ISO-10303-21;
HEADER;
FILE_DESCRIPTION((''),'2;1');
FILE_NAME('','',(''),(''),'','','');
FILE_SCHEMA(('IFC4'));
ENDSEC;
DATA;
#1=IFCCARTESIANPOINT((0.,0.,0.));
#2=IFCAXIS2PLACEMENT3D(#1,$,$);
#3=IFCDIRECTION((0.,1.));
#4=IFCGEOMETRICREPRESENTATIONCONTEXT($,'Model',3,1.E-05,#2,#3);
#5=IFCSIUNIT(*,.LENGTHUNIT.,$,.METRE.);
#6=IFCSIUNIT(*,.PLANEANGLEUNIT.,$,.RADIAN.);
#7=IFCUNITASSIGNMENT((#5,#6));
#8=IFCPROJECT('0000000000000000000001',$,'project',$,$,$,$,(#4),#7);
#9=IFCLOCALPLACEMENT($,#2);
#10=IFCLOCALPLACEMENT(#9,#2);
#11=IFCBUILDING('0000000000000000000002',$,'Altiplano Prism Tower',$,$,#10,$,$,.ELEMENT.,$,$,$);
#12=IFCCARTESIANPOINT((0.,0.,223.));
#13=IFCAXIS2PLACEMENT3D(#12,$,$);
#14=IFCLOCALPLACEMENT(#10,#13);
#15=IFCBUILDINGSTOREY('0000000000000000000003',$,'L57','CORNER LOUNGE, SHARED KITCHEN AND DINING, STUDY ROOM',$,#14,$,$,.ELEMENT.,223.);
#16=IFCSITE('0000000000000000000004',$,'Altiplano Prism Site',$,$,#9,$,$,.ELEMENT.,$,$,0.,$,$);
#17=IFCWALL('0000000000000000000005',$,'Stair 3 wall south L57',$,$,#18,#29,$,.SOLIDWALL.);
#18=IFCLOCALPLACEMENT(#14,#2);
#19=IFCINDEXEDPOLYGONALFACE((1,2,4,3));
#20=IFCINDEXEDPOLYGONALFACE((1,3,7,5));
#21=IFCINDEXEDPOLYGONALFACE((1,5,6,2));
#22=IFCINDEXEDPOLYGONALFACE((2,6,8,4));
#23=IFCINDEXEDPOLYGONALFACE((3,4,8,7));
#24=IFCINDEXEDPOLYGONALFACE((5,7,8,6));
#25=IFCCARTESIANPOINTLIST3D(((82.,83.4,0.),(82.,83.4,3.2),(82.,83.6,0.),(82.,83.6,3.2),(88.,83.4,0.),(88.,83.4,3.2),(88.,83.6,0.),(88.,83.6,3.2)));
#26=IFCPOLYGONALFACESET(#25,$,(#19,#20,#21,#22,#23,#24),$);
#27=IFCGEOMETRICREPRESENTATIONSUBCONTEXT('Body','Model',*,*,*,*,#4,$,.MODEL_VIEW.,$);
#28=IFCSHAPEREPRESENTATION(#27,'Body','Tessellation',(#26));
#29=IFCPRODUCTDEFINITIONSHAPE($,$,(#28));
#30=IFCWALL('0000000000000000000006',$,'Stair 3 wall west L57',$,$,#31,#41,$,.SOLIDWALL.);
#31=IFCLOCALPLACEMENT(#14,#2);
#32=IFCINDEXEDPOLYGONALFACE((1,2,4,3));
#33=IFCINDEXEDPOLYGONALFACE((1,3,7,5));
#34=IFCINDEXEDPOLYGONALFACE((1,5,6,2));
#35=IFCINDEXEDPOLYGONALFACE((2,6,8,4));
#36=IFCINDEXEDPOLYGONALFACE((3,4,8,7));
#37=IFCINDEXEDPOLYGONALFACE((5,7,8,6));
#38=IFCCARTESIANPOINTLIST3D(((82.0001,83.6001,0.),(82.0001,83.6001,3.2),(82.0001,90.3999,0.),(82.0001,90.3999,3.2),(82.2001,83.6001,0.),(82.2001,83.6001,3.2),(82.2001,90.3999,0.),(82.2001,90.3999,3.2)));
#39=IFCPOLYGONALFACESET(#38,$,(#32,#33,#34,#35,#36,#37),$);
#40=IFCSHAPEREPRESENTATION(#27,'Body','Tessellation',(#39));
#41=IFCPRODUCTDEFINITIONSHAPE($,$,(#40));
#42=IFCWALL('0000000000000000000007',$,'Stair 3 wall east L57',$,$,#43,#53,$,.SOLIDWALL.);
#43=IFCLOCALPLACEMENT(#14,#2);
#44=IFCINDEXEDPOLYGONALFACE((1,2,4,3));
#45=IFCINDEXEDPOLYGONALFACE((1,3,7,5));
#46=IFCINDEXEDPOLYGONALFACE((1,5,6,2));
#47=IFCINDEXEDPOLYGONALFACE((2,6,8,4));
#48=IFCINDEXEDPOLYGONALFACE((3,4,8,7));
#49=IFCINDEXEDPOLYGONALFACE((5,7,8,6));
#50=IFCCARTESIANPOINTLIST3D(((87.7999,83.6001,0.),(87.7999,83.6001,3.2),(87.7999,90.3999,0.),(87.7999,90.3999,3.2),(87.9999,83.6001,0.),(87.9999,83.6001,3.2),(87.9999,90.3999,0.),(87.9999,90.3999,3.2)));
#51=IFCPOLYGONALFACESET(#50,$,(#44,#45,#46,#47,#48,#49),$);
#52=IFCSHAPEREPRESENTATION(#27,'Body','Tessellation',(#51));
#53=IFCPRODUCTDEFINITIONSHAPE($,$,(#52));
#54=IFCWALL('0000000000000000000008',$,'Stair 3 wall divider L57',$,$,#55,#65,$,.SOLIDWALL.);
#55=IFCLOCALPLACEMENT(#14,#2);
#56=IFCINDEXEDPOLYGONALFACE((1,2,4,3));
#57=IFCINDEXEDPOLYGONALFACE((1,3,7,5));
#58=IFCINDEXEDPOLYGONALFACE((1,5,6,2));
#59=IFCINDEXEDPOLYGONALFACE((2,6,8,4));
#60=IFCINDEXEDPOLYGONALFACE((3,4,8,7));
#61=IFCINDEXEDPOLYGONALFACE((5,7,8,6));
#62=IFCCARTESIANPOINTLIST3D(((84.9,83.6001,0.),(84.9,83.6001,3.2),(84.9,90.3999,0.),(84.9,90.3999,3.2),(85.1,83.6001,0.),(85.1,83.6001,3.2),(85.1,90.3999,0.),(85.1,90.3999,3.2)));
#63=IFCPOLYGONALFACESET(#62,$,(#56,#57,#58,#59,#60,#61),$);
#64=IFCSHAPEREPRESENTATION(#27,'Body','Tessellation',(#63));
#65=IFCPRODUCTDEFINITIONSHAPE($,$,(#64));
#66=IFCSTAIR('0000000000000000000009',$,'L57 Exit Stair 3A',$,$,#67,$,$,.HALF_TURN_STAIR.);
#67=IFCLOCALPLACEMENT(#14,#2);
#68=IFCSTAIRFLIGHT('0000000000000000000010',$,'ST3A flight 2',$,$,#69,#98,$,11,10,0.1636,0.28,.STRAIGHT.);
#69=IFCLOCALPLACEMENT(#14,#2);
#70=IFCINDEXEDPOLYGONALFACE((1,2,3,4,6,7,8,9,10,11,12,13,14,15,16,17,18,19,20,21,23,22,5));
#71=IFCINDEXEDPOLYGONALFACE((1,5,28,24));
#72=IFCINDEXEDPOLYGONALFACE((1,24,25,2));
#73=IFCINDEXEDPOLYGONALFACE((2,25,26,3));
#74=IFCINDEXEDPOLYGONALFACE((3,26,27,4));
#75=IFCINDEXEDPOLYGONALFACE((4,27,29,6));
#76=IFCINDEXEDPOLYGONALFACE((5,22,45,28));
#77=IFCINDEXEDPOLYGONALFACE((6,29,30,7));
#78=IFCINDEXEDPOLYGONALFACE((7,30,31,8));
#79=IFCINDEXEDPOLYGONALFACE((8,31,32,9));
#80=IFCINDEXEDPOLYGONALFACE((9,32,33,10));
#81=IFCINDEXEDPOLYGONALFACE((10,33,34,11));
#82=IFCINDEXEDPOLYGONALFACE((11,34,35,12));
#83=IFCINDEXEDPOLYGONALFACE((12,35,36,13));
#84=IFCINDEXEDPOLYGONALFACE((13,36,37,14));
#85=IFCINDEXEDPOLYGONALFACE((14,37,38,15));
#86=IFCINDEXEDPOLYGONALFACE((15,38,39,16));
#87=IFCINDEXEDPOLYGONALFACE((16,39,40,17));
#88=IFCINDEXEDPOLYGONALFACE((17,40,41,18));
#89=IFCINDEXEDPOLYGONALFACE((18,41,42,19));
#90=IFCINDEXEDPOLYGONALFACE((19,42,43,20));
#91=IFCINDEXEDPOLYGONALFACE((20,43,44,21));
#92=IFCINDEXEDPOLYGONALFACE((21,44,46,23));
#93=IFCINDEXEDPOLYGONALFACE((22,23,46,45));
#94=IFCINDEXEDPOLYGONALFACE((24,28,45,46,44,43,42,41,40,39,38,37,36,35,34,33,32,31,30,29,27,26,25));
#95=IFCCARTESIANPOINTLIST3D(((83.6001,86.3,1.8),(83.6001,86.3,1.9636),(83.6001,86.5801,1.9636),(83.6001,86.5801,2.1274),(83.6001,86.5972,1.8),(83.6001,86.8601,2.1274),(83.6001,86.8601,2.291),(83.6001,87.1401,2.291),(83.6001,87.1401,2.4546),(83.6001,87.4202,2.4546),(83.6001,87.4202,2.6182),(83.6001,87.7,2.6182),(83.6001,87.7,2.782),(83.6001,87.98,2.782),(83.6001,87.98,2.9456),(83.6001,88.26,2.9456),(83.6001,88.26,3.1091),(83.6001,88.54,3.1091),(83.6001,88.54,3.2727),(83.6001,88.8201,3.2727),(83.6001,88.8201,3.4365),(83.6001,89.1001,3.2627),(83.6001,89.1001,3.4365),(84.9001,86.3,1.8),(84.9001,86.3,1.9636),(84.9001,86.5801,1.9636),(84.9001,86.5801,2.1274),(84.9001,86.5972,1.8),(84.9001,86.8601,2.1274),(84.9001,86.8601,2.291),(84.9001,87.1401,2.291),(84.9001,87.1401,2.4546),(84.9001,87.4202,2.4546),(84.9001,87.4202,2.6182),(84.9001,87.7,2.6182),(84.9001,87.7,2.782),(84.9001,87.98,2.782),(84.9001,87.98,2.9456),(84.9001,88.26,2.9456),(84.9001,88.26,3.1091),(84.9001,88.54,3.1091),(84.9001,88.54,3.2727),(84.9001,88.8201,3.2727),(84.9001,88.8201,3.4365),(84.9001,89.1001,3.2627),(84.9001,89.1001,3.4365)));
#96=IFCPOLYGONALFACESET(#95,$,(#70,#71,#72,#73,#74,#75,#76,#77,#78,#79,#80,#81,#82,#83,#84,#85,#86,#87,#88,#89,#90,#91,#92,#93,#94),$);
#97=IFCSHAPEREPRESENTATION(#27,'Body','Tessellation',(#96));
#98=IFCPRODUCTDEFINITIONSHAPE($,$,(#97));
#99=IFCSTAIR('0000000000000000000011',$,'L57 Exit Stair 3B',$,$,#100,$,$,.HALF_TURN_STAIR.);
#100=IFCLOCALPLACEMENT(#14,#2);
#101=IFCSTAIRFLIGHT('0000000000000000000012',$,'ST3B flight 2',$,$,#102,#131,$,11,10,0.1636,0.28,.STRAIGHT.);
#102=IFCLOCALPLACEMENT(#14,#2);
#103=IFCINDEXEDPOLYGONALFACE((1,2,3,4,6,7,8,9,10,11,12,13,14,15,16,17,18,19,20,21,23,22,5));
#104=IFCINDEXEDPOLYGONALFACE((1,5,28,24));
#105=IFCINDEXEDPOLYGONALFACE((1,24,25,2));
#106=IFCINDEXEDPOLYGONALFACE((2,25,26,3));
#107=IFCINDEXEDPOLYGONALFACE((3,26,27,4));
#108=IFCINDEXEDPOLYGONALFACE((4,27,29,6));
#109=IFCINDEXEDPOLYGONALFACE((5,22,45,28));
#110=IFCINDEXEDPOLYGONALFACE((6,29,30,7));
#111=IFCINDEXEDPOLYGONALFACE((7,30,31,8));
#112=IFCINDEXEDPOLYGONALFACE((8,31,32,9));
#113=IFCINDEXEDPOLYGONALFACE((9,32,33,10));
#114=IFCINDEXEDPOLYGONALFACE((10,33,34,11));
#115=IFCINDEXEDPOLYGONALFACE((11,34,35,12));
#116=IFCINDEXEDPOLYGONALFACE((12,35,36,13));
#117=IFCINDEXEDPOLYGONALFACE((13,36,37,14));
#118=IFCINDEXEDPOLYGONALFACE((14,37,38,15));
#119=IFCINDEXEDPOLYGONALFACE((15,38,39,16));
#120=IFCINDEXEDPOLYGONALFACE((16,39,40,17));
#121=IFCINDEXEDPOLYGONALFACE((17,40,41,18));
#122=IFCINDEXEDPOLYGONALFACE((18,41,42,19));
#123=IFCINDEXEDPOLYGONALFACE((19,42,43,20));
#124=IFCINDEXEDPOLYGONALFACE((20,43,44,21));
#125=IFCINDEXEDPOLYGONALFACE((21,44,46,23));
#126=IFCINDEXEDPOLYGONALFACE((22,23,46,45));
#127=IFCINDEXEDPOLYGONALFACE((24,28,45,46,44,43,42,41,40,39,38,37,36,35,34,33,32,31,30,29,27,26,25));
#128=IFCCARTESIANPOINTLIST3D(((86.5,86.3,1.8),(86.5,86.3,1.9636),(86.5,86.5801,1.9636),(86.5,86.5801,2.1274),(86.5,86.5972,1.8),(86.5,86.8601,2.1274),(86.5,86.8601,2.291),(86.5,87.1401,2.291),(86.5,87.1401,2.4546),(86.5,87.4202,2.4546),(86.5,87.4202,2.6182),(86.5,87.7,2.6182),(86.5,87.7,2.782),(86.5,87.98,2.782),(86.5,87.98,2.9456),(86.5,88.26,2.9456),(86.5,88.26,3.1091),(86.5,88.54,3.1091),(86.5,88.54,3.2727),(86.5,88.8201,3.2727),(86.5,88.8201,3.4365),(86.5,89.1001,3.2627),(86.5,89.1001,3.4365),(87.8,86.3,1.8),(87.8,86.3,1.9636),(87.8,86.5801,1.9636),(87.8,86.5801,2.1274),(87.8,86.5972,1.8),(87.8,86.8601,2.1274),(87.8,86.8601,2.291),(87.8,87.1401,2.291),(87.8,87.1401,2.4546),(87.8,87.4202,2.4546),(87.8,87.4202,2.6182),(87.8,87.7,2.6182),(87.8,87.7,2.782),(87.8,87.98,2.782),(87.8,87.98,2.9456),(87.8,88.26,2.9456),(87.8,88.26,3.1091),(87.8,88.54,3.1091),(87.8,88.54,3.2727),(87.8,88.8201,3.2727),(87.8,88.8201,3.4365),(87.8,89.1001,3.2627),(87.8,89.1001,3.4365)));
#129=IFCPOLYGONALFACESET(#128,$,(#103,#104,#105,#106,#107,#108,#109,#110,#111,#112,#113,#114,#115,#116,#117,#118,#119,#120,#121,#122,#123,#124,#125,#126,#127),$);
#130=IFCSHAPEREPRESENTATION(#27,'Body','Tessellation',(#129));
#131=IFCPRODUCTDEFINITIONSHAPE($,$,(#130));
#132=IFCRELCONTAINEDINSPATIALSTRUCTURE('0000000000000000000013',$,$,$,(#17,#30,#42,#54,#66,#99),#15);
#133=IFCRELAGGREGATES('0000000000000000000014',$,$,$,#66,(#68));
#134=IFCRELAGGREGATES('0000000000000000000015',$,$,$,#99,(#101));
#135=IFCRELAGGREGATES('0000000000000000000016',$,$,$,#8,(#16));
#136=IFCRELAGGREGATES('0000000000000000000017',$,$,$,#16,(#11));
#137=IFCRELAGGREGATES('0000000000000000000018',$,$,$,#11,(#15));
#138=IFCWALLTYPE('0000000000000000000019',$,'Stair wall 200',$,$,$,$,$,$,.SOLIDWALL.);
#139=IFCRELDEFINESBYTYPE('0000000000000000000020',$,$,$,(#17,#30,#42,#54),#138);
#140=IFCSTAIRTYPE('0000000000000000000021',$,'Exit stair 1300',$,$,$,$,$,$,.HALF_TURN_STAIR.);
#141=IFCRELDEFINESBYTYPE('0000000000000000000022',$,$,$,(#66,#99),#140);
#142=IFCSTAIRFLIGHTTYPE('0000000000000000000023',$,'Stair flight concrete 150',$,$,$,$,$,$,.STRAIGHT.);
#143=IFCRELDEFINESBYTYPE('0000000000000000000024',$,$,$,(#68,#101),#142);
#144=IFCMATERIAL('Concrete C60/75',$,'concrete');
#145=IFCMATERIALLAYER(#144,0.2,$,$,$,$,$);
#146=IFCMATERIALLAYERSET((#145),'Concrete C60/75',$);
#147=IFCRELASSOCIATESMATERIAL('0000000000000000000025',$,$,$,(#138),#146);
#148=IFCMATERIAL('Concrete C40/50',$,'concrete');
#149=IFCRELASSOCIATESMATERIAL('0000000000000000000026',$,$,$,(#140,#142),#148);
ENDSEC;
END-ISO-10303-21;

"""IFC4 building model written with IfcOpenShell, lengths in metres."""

from ifc_helpers import new_model, si_unit, direction, frame, frame_2d, origin, place, context, subcontext, project, spatial, polyline, rectangle, outline, extrude, material, layer, layer_set, type_object, element, aggregate, save


model = new_model("IFC4")

# Units and contexts
model_context = context("Model", 3, precision=1e-05, world=origin(), true_north=direction((0.0, 1.0)))
body_context = subcontext(model_context, "Body", "Model", "MODEL_VIEW")
ifc_project = project(units=[si_unit("LENGTHUNIT", "METRE"), si_unit("PLANEANGLEUNIT", "RADIAN")], contexts=[model_context])

# Site, building, storey
site_placement = place(None, origin())
site = spatial("IfcSite", under=ifc_project, at=site_placement, Name="Altiplano Prism Site", CompositionType="ELEMENT", RefElevation=0.0)
building_placement = place(site_placement, origin())
building = spatial("IfcBuilding", under=site, at=building_placement, Name="Altiplano Prism Tower", CompositionType="ELEMENT")
storey_placement = place(building_placement, frame((0.0, 0.0, 223.0)))
storey = spatial("IfcBuildingStorey", under=building, at=storey_placement, Name="L57", Description="CORNER LOUNGE, SHARED KITCHEN AND DINING, STUDY ROOM", CompositionType="ELEMENT", Elevation=223.0)

# Shared definitions
ifc_material_1 = material(Name="Concrete C60/75", Category="concrete")

# Walls
ifc_layer_1 = layer(ifc_material_1, 0.2)
ifc_layer_set_1 = layer_set([ifc_layer_1], Name="Concrete C60/75")
wall_type_1 = type_object("IfcWallType", Name="Stair wall 200", PredefinedType="SOLIDWALL", material=ifc_layer_set_1)
wall_1_placement = place(storey_placement, frame((82.0, 83.5, 0.0), z_axis=(0.0, 0.0, 1.0), x_axis=(1.0, 0.0, 0.0)))
element("IfcWall", 1, at=wall_1_placement, inside=storey, type_object=wall_type_1, Name="Stair 3 wall south L57", PredefinedType="SOLIDWALL", context=body_context, shape_type="SweptSolid", body=[
    extrude(rectangle(XDim=6.0, YDim=0.2, at=frame_2d((3.0, 0.0))), origin(), (0.0, 0.0, 1.0), 3.2),
])
for number, where, z_axis, x_axis, name in (
    (2, (82.1001, 83.6001, 0.0), (0.0, 0.0, 1.0), (0.0, 1.0, 0.0), "Stair 3 wall west L57"),
    (3, (87.8999, 83.6001, 0.0), (0.0, 0.0, 1.0), (0.0, 1.0, 0.0), "Stair 3 wall east L57"),
    (4, (85.0, 83.6001, 0.0), (0.0, 0.0, 1.0), (0.0, 1.0, 0.0), "Stair 3 wall divider L57"),
):
    element("IfcWall", number, at=place(storey_placement, frame(where, z_axis=z_axis, x_axis=x_axis)), inside=storey, type_object=wall_type_1, Name=name, PredefinedType="SOLIDWALL", context=body_context, shape_type="SweptSolid", body=[
        extrude(rectangle(XDim=6.7998, YDim=0.2, at=frame_2d((3.3999, 0.0))), origin(), (0.0, 0.0, 1.0), 3.2),
    ])

# Stairs, stair flights
ifc_material_2 = material(Name="Concrete C40/50", Category="concrete")
stair_type = type_object("IfcStairType", Name="Exit stair 1300", PredefinedType="HALF_TURN_STAIR", material=ifc_material_2)
stair_1_placement = place(storey_placement, origin())
stair_1 = element("IfcStair", 5, at=stair_1_placement, inside=storey, type_object=stair_type, Name="L57 Exit Stair 3A", PredefinedType="HALF_TURN_STAIR")
stair_flight_type = type_object("IfcStairFlightType", Name="Stair flight concrete 150", PredefinedType="STRAIGHT", material=ifc_material_2)
stair_flight_1_placement = place(storey_placement, frame((84.25, 86.3, 1.8), z_axis=(0.0, 0.0, 1.0), x_axis=(0.0, 1.0, 0.0)))
stair_flight_1 = element("IfcStairFlight", 6, at=stair_flight_1_placement, type_object=stair_flight_type, Name="ST3A flight 2", NumberOfRisers=11, NumberOfTreads=10, PredefinedType="STRAIGHT", RiserHeight=0.1636, TreadLength=0.28, context=body_context, shape_type="SweptSolid", body=[
    extrude(outline(polyline([(0.0, 0.0), (0.0, 0.1636), (0.28, 0.1636), (0.28, 0.3274), (0.5601, 0.3274), (0.5601, 0.491), (0.8401, 0.491), (0.8401, 0.6545), (1.1201, 0.6545), (1.1201, 0.8181), (1.3999, 0.8181), (1.3999, 0.9819), (1.6799, 0.9819), (1.6799, 1.1455), (1.96, 1.1455), (1.96, 1.3091), (2.24, 1.3091), (2.24, 1.4727), (2.52, 1.4727), (2.52, 1.6365), (2.8, 1.6365), (2.8, 1.8), (2.8, 1.4626), (0.2971, 0.0), (0.0, 0.0)])), frame((0.0, 0.6499, 0.0), z_axis=(0.0, -1.0, 0.0), x_axis=(1.0, 0.0, 0.0)), (0.0, 0.0, 1.0), 1.3),
])
aggregate(stair_1, [stair_flight_1])
stair_2_placement = place(storey_placement, origin())
stair_2 = element("IfcStair", 7, at=stair_2_placement, inside=storey, type_object=stair_type, Name="L57 Exit Stair 3B", PredefinedType="HALF_TURN_STAIR")
stair_flight_2_placement = place(storey_placement, frame((87.1499, 86.3, 1.8), z_axis=(0.0, 0.0, 1.0), x_axis=(0.0, 1.0, 0.0)))
stair_flight_2 = element("IfcStairFlight", 8, at=stair_flight_2_placement, type_object=stair_flight_type, Name="ST3B flight 2", NumberOfRisers=11, NumberOfTreads=10, PredefinedType="STRAIGHT", RiserHeight=0.1636, TreadLength=0.28, context=body_context, shape_type="SweptSolid", body=[
    extrude(outline(polyline([(0.0, 0.0), (0.0, 0.1636), (0.28, 0.1636), (0.28, 0.3274), (0.5601, 0.3274), (0.5601, 0.491), (0.8401, 0.491), (0.8401, 0.6545), (1.1201, 0.6545), (1.1201, 0.8181), (1.3999, 0.8181), (1.3999, 0.9819), (1.6799, 0.9819), (1.6799, 1.1455), (1.96, 1.1455), (1.96, 1.3091), (2.24, 1.3091), (2.24, 1.4727), (2.52, 1.4727), (2.52, 1.6365), (2.8, 1.6365), (2.8, 1.8), (2.8, 1.4626), (0.2971, 0.0), (0.0, 0.0)])), frame((0.0, 0.6499, 0.0), z_axis=(0.0, -1.0, 0.0), x_axis=(1.0, 0.0, 0.0)), (0.0, 0.0, 1.0), 1.3),
])
aggregate(stair_2, [stair_flight_2])

save(model, "model.ifc")
